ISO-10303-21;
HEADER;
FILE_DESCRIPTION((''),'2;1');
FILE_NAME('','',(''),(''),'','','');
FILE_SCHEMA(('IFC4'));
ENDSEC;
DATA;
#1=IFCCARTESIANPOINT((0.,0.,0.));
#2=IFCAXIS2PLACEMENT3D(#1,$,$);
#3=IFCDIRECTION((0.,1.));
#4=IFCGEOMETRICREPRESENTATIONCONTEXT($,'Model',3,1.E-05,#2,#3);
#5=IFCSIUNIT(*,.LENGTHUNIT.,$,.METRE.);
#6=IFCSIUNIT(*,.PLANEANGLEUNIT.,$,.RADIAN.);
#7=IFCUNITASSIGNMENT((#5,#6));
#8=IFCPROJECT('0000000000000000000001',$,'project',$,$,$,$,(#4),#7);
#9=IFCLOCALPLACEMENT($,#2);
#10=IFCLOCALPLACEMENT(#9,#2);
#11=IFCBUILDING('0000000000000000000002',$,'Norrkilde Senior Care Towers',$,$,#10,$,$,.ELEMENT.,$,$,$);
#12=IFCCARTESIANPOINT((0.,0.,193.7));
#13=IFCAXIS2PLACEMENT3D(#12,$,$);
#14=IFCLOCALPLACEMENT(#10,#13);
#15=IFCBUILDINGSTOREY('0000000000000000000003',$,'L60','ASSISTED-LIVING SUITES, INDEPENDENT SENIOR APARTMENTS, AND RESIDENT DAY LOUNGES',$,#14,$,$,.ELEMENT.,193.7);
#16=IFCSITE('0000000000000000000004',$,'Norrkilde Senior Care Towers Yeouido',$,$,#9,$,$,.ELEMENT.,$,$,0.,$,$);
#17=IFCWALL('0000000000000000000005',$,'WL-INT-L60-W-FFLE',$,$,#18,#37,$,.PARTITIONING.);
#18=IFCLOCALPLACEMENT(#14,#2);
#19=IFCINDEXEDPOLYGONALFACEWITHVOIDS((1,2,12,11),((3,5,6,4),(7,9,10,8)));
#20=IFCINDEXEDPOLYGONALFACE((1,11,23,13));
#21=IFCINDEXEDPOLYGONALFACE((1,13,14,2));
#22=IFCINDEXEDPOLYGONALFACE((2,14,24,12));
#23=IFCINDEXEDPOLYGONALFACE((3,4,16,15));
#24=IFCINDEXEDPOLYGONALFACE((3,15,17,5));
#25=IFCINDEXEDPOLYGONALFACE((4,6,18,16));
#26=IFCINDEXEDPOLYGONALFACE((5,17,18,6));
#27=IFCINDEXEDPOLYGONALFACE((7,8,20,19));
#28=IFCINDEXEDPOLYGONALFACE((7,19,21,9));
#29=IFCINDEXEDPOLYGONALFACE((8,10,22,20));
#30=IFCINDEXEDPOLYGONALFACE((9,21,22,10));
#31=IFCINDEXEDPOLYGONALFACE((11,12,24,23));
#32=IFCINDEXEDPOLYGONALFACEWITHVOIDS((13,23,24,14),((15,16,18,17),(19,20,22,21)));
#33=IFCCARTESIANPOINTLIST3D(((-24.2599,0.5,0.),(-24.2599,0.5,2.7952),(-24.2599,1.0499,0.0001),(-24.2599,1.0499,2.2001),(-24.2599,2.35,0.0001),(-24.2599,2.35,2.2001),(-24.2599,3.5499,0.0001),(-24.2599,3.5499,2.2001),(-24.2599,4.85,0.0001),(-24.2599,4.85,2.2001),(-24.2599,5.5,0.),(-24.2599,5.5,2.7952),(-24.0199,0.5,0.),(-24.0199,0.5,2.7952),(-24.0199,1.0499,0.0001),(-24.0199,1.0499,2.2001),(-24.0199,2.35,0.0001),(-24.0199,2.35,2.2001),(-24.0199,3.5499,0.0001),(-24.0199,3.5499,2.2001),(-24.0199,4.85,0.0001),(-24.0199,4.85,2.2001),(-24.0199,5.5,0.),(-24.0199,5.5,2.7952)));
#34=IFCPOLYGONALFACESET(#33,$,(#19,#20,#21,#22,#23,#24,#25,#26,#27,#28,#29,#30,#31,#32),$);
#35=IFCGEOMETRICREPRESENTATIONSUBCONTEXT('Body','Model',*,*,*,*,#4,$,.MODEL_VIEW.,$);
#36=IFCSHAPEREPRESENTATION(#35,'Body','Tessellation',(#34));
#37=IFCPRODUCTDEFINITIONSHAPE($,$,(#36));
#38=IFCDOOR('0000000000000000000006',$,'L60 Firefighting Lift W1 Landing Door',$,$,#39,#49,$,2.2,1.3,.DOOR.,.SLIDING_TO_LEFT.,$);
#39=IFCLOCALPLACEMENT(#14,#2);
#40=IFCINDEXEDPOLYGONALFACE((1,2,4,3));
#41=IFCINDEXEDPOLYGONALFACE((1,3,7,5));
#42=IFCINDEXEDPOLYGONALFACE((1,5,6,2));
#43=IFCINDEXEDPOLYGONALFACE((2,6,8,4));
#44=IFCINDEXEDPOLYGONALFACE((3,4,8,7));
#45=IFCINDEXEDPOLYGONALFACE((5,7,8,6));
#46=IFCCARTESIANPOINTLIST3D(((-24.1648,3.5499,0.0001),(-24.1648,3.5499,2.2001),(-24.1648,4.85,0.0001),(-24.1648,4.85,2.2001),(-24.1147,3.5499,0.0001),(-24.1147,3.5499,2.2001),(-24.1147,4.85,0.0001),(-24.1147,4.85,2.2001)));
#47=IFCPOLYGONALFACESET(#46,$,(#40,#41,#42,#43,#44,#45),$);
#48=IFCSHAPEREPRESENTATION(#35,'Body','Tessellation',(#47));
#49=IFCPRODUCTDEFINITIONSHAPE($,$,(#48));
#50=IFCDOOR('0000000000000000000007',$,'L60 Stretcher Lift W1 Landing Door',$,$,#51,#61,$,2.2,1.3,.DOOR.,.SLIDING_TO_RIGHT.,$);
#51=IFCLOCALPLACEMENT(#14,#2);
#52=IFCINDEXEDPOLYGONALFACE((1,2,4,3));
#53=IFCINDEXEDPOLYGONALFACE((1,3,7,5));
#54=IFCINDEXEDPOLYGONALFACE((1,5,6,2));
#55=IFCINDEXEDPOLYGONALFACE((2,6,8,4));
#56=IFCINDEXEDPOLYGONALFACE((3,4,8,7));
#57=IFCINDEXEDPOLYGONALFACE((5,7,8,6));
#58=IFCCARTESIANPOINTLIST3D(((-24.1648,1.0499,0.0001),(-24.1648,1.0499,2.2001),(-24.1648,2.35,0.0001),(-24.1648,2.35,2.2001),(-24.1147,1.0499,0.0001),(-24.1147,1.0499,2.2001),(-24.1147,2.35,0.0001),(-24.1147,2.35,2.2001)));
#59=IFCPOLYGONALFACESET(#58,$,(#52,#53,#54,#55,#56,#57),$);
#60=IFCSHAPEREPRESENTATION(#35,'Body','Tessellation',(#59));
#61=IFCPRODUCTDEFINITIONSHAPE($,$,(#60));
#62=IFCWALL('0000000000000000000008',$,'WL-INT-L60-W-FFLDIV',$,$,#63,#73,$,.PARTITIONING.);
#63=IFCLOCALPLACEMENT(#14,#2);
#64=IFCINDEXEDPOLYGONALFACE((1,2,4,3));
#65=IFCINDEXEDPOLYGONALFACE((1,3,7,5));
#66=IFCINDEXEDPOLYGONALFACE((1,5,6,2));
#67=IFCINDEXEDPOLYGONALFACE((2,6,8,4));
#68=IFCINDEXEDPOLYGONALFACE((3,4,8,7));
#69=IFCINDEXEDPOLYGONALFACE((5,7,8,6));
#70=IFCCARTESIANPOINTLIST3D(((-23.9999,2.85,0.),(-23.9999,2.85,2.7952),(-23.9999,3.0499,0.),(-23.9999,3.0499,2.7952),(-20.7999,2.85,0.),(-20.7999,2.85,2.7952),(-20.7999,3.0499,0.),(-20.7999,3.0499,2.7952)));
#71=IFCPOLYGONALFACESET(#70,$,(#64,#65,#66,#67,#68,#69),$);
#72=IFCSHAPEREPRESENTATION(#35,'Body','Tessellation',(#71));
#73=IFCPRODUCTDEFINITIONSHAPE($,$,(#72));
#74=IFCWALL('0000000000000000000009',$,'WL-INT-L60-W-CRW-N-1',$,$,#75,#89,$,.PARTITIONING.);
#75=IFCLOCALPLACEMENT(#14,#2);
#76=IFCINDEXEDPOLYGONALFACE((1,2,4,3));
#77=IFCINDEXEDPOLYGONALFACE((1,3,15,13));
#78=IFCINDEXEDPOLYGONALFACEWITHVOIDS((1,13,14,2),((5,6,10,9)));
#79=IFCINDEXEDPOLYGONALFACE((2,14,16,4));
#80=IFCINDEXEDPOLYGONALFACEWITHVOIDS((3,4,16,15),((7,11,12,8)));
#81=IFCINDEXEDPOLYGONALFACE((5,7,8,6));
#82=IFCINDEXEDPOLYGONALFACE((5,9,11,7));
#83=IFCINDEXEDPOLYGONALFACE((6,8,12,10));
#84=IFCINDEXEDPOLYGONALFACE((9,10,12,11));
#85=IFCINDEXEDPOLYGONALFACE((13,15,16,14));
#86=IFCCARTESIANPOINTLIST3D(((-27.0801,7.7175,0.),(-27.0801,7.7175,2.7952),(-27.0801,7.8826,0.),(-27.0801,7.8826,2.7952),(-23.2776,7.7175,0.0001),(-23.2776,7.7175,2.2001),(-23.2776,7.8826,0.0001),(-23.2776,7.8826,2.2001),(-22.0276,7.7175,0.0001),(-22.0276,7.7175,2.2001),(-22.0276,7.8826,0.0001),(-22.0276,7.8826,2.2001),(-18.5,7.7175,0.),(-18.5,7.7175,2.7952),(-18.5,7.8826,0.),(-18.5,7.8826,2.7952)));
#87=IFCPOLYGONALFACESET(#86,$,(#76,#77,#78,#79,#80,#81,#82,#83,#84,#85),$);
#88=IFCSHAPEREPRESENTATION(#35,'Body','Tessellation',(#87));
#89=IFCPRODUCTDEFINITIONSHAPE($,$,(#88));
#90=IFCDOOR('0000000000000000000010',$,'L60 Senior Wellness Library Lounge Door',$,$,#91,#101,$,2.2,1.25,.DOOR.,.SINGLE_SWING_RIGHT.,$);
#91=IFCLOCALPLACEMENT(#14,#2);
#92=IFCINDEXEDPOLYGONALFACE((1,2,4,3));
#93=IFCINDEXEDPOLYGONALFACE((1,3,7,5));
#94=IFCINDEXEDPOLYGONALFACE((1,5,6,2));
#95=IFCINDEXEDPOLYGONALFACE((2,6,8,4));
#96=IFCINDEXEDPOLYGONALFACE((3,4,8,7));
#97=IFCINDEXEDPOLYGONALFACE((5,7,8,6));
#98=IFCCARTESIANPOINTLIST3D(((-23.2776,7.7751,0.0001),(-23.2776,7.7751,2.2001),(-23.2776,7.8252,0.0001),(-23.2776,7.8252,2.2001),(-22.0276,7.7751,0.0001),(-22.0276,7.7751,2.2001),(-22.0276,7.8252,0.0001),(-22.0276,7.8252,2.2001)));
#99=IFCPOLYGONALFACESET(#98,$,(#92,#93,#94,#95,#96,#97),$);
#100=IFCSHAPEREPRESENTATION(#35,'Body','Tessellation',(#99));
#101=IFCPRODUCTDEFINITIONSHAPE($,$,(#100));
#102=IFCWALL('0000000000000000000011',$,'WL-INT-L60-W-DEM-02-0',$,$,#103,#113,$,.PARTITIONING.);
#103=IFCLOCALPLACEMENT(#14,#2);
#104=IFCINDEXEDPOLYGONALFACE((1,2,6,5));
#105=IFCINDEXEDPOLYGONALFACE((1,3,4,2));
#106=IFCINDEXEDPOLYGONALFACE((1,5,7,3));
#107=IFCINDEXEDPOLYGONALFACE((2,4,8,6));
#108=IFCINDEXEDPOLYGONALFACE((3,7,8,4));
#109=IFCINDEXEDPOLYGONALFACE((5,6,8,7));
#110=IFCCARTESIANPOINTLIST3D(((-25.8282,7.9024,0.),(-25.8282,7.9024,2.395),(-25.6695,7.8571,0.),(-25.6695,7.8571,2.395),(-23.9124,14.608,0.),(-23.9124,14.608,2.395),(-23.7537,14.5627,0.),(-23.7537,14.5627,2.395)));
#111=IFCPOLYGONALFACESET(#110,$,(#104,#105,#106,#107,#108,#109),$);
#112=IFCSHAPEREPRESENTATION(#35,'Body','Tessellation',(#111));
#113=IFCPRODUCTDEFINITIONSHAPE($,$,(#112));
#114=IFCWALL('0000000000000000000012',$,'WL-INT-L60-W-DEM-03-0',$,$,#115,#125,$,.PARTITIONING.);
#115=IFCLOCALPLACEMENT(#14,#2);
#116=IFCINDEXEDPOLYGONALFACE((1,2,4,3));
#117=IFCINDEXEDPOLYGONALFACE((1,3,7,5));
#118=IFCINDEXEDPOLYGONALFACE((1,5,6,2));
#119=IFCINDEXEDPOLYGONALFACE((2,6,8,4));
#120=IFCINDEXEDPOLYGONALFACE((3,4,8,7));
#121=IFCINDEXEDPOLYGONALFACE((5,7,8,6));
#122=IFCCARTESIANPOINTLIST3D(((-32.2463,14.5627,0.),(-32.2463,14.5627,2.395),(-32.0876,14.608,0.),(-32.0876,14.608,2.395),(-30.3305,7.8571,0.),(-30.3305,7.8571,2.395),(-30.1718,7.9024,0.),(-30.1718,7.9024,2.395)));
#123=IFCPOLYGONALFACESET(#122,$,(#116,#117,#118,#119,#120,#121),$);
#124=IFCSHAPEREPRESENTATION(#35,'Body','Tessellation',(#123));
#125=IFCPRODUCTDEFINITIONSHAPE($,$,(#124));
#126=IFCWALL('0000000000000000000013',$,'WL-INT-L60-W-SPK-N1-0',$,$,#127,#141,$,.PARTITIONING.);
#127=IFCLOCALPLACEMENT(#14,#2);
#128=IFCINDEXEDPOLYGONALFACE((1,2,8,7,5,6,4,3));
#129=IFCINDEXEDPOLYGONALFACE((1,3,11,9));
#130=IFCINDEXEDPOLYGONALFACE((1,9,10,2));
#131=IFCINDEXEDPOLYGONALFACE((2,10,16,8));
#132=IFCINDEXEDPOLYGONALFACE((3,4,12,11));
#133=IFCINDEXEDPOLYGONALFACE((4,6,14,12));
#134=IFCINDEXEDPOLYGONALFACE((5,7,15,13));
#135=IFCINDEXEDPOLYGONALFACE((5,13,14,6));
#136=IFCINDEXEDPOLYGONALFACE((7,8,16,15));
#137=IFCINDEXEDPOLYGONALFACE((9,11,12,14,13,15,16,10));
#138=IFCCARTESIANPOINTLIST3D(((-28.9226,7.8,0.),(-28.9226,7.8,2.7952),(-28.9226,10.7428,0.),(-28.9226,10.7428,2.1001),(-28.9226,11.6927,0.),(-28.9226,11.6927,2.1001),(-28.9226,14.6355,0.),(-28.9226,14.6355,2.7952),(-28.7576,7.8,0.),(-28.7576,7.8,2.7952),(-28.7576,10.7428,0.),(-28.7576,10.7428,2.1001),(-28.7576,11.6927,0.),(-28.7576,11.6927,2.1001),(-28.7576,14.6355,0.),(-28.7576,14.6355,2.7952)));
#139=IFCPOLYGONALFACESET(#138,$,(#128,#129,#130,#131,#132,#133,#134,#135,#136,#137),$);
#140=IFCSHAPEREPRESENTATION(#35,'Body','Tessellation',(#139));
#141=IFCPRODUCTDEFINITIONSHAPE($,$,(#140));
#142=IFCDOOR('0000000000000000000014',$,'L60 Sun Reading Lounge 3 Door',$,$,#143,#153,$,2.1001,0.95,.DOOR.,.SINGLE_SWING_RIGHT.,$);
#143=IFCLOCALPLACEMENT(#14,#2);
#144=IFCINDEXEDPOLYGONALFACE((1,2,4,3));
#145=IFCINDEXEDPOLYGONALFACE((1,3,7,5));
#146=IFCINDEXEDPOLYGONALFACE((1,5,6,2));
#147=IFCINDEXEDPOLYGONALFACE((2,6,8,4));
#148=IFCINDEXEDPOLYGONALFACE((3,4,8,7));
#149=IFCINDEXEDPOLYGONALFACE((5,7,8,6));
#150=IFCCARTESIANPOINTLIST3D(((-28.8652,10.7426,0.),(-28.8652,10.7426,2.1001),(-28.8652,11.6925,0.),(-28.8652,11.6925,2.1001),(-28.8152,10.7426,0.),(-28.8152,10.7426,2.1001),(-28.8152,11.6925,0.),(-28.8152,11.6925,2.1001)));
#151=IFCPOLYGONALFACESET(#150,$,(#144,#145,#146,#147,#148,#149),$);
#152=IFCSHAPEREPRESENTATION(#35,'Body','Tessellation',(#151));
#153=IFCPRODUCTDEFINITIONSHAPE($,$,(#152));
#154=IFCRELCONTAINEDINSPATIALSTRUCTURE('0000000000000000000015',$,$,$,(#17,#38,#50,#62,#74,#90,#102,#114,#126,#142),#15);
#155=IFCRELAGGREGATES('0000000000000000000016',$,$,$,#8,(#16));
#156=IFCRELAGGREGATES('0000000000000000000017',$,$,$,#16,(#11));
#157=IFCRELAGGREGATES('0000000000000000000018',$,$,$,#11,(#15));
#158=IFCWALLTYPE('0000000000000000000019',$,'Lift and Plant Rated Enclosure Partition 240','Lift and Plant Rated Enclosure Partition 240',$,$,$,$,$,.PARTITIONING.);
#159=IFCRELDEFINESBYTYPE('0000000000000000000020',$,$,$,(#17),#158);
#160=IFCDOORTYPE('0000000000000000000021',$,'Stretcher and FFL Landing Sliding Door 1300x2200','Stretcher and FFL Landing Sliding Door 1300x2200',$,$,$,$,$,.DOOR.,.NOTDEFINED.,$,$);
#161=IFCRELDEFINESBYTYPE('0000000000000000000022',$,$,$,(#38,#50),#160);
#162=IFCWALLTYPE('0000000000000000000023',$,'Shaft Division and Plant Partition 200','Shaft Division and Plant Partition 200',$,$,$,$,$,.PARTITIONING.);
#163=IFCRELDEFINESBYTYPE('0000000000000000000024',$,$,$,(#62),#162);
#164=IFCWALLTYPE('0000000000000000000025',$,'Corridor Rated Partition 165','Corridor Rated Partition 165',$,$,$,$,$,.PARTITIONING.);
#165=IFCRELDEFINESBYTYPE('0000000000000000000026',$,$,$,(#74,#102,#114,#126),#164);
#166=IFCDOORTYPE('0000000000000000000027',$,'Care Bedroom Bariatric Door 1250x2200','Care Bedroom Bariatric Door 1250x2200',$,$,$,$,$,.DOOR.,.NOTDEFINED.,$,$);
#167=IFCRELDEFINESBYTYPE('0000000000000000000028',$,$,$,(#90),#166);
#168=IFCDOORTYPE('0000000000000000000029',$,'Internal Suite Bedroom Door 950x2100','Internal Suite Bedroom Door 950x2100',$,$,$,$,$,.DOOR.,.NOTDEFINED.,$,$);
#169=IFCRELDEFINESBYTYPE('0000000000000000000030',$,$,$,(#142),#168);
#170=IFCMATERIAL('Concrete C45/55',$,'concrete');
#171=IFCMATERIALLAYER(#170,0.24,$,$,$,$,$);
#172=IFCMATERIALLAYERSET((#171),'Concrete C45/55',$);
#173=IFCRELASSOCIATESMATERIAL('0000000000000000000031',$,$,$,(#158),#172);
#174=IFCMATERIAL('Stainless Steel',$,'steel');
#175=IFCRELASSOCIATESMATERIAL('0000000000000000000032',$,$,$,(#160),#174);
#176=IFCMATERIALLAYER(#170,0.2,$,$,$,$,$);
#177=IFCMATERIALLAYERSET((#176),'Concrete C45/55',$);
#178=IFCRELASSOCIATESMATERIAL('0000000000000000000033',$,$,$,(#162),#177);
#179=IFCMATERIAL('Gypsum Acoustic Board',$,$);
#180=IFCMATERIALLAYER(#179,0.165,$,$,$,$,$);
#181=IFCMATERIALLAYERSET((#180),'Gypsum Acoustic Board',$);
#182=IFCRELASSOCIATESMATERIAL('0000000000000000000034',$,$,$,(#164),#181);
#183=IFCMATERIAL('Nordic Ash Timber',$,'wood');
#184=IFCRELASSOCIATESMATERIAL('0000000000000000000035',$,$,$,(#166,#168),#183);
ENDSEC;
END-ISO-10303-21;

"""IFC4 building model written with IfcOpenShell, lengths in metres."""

from ifc_helpers import new_model, si_unit, direction, frame, frame_2d, origin, place, context, subcontext, project, spatial, rectangle, extrude, source, transform, mapped, material, layer, layer_set, type_object, type_shapes, element, fill, save


model = new_model("IFC4")

# Units and contexts
model_context = context("Model", 3, precision=1e-05, world=origin(), true_north=direction((0.0, 1.0)))
body_context = subcontext(model_context, "Body", "Model", "MODEL_VIEW")
ifc_project = project(units=[si_unit("LENGTHUNIT", "METRE"), si_unit("PLANEANGLEUNIT", "RADIAN")], contexts=[model_context])

# Site, building, storey
site_placement = place(None, origin())
site = spatial("IfcSite", under=ifc_project, at=site_placement, Name="Norrkilde Senior Care Towers Yeouido", CompositionType="ELEMENT", RefElevation=0.0)
building_placement = place(site_placement, origin())
building = spatial("IfcBuilding", under=site, at=building_placement, Name="Norrkilde Senior Care Towers", CompositionType="ELEMENT")
storey_placement = place(building_placement, frame((0.0, 0.0, 193.7)))
storey = spatial("IfcBuildingStorey", under=building, at=storey_placement, Name="L60", Description="ASSISTED-LIVING SUITES, INDEPENDENT SENIOR APARTMENTS, AND RESIDENT DAY LOUNGES", CompositionType="ELEMENT", Elevation=193.7)

# Wall, openings, doors
ifc_material_1 = material(Name="Concrete C45/55", Category="concrete")
ifc_layer_1 = layer(ifc_material_1, 0.24)
ifc_layer_set_1 = layer_set([ifc_layer_1], Name="Concrete C45/55")
wall_type_1 = type_object("IfcWallType", Name="Lift and Plant Rated Enclosure Partition 240", Description="Lift and Plant Rated Enclosure Partition 240", PredefinedType="PARTITIONING", material=ifc_layer_set_1)
shared_shape_1 = source(origin(), body_context, "Body", "SweptSolid", [
    extrude(rectangle(XDim=5.0, YDim=0.24, at=frame_2d((2.5, 0.0))), origin(), (0.0, 0.0, 1.0), 2.7952),
])
type_shapes(wall_type_1, [shared_shape_1])
wall_1_placement = place(storey_placement, frame((-24.1399, 0.5, 0.0), z_axis=(0.0, 0.0, 1.0), x_axis=(0.0, 1.0, 0.0)))
wall_1 = element("IfcWall", 1, at=wall_1_placement, inside=storey, type_object=wall_type_1, Name="WL-INT-L60-W-FFLE", PredefinedType="PARTITIONING", context=body_context, shape_type="MappedRepresentation", body=[
    mapped(shared_shape_1, transform((0.0, 0.0, 0.0), x_axis=(1.0, 0.0, 0.0), y_axis=(0.0, 1.0, 0.0), z_axis=(0.0, 0.0, 1.0), scale=1.0)),
])
opening_1_placement = place(wall_1_placement, frame((3.05, 0.0, 0.0)))
opening_1 = element("IfcOpeningElement", 2, at=opening_1_placement, cuts=wall_1, PredefinedType="OPENING", context=body_context, shape_type="SweptSolid", body=[
    extrude(rectangle(XDim=1.3, YDim=2.2, at=frame_2d((0.6499, 1.1001))), frame((0.0, 0.1299, 0.0), z_axis=(0.0, -1.0, 0.0), x_axis=(1.0, 0.0, 0.0)), (0.0, 0.0, 1.0), 0.26),
])
opening_2_placement = place(wall_1_placement, frame((0.55, 0.0, 0.0)))
opening_2 = element("IfcOpeningElement", 3, at=opening_2_placement, cuts=wall_1, PredefinedType="OPENING", context=body_context, shape_type="SweptSolid", body=[
    extrude(rectangle(XDim=1.3, YDim=2.2, at=frame_2d((0.6499, 1.1001))), frame((0.0, 0.1299, 0.0), z_axis=(0.0, -1.0, 0.0), x_axis=(1.0, 0.0, 0.0)), (0.0, 0.0, 1.0), 0.26),
])
ifc_material_2 = material(Name="Stainless Steel", Category="steel")
door_type_1 = type_object("IfcDoorType", Name="Stretcher and FFL Landing Sliding Door 1300x2200", Description="Stretcher and FFL Landing Sliding Door 1300x2200", OperationType="NOTDEFINED", PredefinedType="DOOR", material=ifc_material_2)
shared_shape_2 = source(origin(), body_context, "Body", "SweptSolid", [
    extrude(rectangle(XDim=1.3, YDim=2.2, at=frame_2d((0.6499, 1.1001))), frame((0.0, 0.0249, 0.0), z_axis=(0.0, -1.0, 0.0), x_axis=(1.0, 0.0, 0.0)), (0.0, 0.0, 1.0), 0.05),
])
type_shapes(door_type_1, [shared_shape_2])
door_1_placement = place(opening_1_placement, origin())
door_1 = element("IfcDoor", 4, at=door_1_placement, inside=storey, type_object=door_type_1, Name="L60 Firefighting Lift W1 Landing Door", OperationType="SLIDING_TO_LEFT", OverallHeight=2.2, OverallWidth=1.3, PredefinedType="DOOR", context=body_context, shape_type="MappedRepresentation", body=[
    mapped(shared_shape_2, transform((0.0, 0.0, 0.0), x_axis=(1.0, 0.0, 0.0), y_axis=(0.0, 1.0, 0.0), z_axis=(0.0, 0.0, 1.0), scale=1.0)),
])
fill(opening_1, door_1)
door_2_placement = place(opening_2_placement, origin())
door_2 = element("IfcDoor", 5, at=door_2_placement, inside=storey, type_object=door_type_1, Name="L60 Stretcher Lift W1 Landing Door", OperationType="SLIDING_TO_RIGHT", OverallHeight=2.2, OverallWidth=1.3, PredefinedType="DOOR", context=body_context, shape_type="MappedRepresentation", body=[
    mapped(shared_shape_2, transform((0.0, 0.0, 0.0), x_axis=(1.0, 0.0, 0.0), y_axis=(0.0, 1.0, 0.0), z_axis=(0.0, 0.0, 1.0), scale=1.0)),
])
fill(opening_2, door_2)

# Wall
ifc_layer_2 = layer(ifc_material_1, 0.2)
ifc_layer_set_2 = layer_set([ifc_layer_2], Name="Concrete C45/55")
wall_type_2 = type_object("IfcWallType", Name="Shaft Division and Plant Partition 200", Description="Shaft Division and Plant Partition 200", PredefinedType="PARTITIONING", material=ifc_layer_set_2)
shared_shape_3 = source(origin(), body_context, "Body", "SweptSolid", [
    extrude(rectangle(XDim=3.2, YDim=0.2, at=frame_2d((1.6001, 0.0))), origin(), (0.0, 0.0, 1.0), 2.7952),
])
type_shapes(wall_type_2, [shared_shape_3])
wall_2_placement = place(storey_placement, frame((-24.0, 2.95, 0.0), z_axis=(0.0, 0.0, 1.0), x_axis=(1.0, 0.0, 0.0)))
element("IfcWall", 6, at=wall_2_placement, inside=storey, type_object=wall_type_2, Name="WL-INT-L60-W-FFLDIV", PredefinedType="PARTITIONING", context=body_context, shape_type="MappedRepresentation", body=[
    mapped(shared_shape_3, transform((0.0, 0.0, 0.0), x_axis=(1.0, 0.0, 0.0), y_axis=(0.0, 1.0, 0.0), z_axis=(0.0, 0.0, 1.0), scale=1.0)),
])

# Wall, opening, door
ifc_material_3 = material(Name="Gypsum Acoustic Board")
ifc_layer_3 = layer(ifc_material_3, 0.165)
ifc_layer_set_3 = layer_set([ifc_layer_3], Name="Gypsum Acoustic Board")
wall_type_3 = type_object("IfcWallType", Name="Corridor Rated Partition 165", Description="Corridor Rated Partition 165", PredefinedType="PARTITIONING", material=ifc_layer_set_3)
shared_shape_4 = source(origin(), body_context, "Body", "SweptSolid", [
    extrude(rectangle(XDim=8.5801, YDim=0.165, at=frame_2d((4.29, 0.0))), origin(), (0.0, 0.0, 1.0), 2.7952),
])
wall_3_placement = place(storey_placement, frame((-27.0801, 7.8, 0.0), z_axis=(0.0, 0.0, 1.0), x_axis=(1.0, 0.0, 0.0)))
wall_3 = element("IfcWall", 7, at=wall_3_placement, inside=storey, type_object=wall_type_3, Name="WL-INT-L60-W-CRW-N-1", PredefinedType="PARTITIONING", context=body_context, shape_type="MappedRepresentation", body=[
    mapped(shared_shape_4, transform((0.0, 0.0, 0.0), x_axis=(1.0, 0.0, 0.0), y_axis=(0.0, 1.0, 0.0), z_axis=(0.0, 0.0, 1.0), scale=1.0)),
])
opening_3_placement = place(wall_3_placement, frame((3.8025, 0.0, 0.0)))
opening_3 = element("IfcOpeningElement", 8, at=opening_3_placement, cuts=wall_3, PredefinedType="OPENING", context=body_context, shape_type="SweptSolid", body=[
    extrude(rectangle(XDim=1.25, YDim=2.2, at=frame_2d((0.625, 1.1001))), frame((0.0, 0.0925, 0.0), z_axis=(0.0, -1.0, 0.0), x_axis=(1.0, 0.0, 0.0)), (0.0, 0.0, 1.0), 0.1851),
])
ifc_material_4 = material(Name="Nordic Ash Timber", Category="wood")
door_type_2 = type_object("IfcDoorType", Name="Care Bedroom Bariatric Door 1250x2200", Description="Care Bedroom Bariatric Door 1250x2200", OperationType="NOTDEFINED", PredefinedType="DOOR", material=ifc_material_4)
shared_shape_5 = source(origin(), body_context, "Body", "SweptSolid", [
    extrude(rectangle(XDim=1.25, YDim=2.2, at=frame_2d((0.625, 1.1001))), frame((0.0, 0.0249, 0.0), z_axis=(0.0, -1.0, 0.0), x_axis=(1.0, 0.0, 0.0)), (0.0, 0.0, 1.0), 0.05),
])
type_shapes(door_type_2, [shared_shape_5])
door_3_placement = place(opening_3_placement, frame((1.25, 0.0, 0.0), z_axis=(0.0, 0.0, 1.0), x_axis=(-1.0, 0.0, 0.0)))
door_3 = element("IfcDoor", 9, at=door_3_placement, inside=storey, type_object=door_type_2, Name="L60 Senior Wellness Library Lounge Door", OperationType="SINGLE_SWING_RIGHT", OverallHeight=2.2, OverallWidth=1.25, PredefinedType="DOOR", context=body_context, shape_type="MappedRepresentation", body=[
    mapped(shared_shape_5, transform((0.0, 0.0, 0.0), x_axis=(1.0, 0.0, 0.0), y_axis=(0.0, 1.0, 0.0), z_axis=(0.0, 0.0, 1.0), scale=1.0)),
])
fill(opening_3, door_3)

# Walls
shared_shape_6 = source(origin(), body_context, "Body", "SweptSolid", [
    extrude(rectangle(XDim=6.9739, YDim=0.165, at=frame_2d((3.4868, 0.0))), origin(), (0.0, 0.0, 1.0), 2.395),
])
for number, where, z_axis, x_axis, name in (
    (10, (-25.7488, 7.8799, 0.0), (0.0, 0.0, 1.0), (0.274707, 0.961528, 0.0), "WL-INT-L60-W-DEM-02-0"),
    (11, (-30.2512, 7.8799, 0.0), (0.0, 0.0, 1.0), (-0.274707, 0.961528, 0.0), "WL-INT-L60-W-DEM-03-0"),
):
    element("IfcWall", number, at=place(storey_placement, frame(where, z_axis=z_axis, x_axis=x_axis)), inside=storey, type_object=wall_type_3, Name=name, PredefinedType="PARTITIONING", context=body_context, shape_type="MappedRepresentation", body=[
        mapped(shared_shape_6, transform((0.0, 0.0, 0.0), x_axis=(1.0, 0.0, 0.0), y_axis=(0.0, 1.0, 0.0), z_axis=(0.0, 0.0, 1.0), scale=1.0)),
    ])

# Wall, opening, door
shared_shape_7 = source(origin(), body_context, "Body", "SweptSolid", [
    extrude(rectangle(XDim=6.8354, YDim=0.165, at=frame_2d((3.4177, 0.0))), origin(), (0.0, 0.0, 1.0), 2.7952),
])
type_shapes(wall_type_3, [shared_shape_4, shared_shape_6, shared_shape_7])
wall_4_placement = place(storey_placement, frame((-28.8401, 7.8, 0.0), z_axis=(0.0, 0.0, 1.0), x_axis=(0.0, 1.0, 0.0)))
wall_4 = element("IfcWall", 12, at=wall_4_placement, inside=storey, type_object=wall_type_3, Name="WL-INT-L60-W-SPK-N1-0", PredefinedType="PARTITIONING", context=body_context, shape_type="MappedRepresentation", body=[
    mapped(shared_shape_7, transform((0.0, 0.0, 0.0), x_axis=(1.0, 0.0, 0.0), y_axis=(0.0, 1.0, 0.0), z_axis=(0.0, 0.0, 1.0), scale=1.0)),
])
opening_4_placement = place(wall_4_placement, frame((2.9426, 0.0, 0.0)))
opening_4 = element("IfcOpeningElement", 13, at=opening_4_placement, cuts=wall_4, PredefinedType="OPENING", context=body_context, shape_type="SweptSolid", body=[
    extrude(rectangle(XDim=0.95, YDim=2.1001, at=frame_2d((0.4751, 1.05))), frame((0.0, 0.0925, 0.0), z_axis=(0.0, -1.0, 0.0), x_axis=(1.0, 0.0, 0.0)), (0.0, 0.0, 1.0), 0.1851),
])
door_type_3 = type_object("IfcDoorType", Name="Internal Suite Bedroom Door 950x2100", Description="Internal Suite Bedroom Door 950x2100", OperationType="NOTDEFINED", PredefinedType="DOOR", material=ifc_material_4)
shared_shape_8 = source(origin(), body_context, "Body", "SweptSolid", [
    extrude(rectangle(XDim=0.95, YDim=2.1001, at=frame_2d((0.4751, 1.05))), frame((0.0, 0.0249, 0.0), z_axis=(0.0, -1.0, 0.0), x_axis=(1.0, 0.0, 0.0)), (0.0, 0.0, 1.0), 0.05),
])
type_shapes(door_type_3, [shared_shape_8])
door_4_placement = place(opening_4_placement, frame((0.95, 0.0, 0.0), z_axis=(0.0, 0.0, 1.0), x_axis=(-1.0, 0.0, 0.0)))
door_4 = element("IfcDoor", 14, at=door_4_placement, inside=storey, type_object=door_type_3, Name="L60 Sun Reading Lounge 3 Door", OperationType="SINGLE_SWING_RIGHT", OverallHeight=2.1001, OverallWidth=0.95, PredefinedType="DOOR", context=body_context, shape_type="MappedRepresentation", body=[
    mapped(shared_shape_8, transform((0.0, 0.0, 0.0), x_axis=(1.0, 0.0, 0.0), y_axis=(0.0, 1.0, 0.0), z_axis=(0.0, 0.0, 1.0), scale=1.0)),
])
fill(opening_4, door_4)

save(model, "model.ifc")
